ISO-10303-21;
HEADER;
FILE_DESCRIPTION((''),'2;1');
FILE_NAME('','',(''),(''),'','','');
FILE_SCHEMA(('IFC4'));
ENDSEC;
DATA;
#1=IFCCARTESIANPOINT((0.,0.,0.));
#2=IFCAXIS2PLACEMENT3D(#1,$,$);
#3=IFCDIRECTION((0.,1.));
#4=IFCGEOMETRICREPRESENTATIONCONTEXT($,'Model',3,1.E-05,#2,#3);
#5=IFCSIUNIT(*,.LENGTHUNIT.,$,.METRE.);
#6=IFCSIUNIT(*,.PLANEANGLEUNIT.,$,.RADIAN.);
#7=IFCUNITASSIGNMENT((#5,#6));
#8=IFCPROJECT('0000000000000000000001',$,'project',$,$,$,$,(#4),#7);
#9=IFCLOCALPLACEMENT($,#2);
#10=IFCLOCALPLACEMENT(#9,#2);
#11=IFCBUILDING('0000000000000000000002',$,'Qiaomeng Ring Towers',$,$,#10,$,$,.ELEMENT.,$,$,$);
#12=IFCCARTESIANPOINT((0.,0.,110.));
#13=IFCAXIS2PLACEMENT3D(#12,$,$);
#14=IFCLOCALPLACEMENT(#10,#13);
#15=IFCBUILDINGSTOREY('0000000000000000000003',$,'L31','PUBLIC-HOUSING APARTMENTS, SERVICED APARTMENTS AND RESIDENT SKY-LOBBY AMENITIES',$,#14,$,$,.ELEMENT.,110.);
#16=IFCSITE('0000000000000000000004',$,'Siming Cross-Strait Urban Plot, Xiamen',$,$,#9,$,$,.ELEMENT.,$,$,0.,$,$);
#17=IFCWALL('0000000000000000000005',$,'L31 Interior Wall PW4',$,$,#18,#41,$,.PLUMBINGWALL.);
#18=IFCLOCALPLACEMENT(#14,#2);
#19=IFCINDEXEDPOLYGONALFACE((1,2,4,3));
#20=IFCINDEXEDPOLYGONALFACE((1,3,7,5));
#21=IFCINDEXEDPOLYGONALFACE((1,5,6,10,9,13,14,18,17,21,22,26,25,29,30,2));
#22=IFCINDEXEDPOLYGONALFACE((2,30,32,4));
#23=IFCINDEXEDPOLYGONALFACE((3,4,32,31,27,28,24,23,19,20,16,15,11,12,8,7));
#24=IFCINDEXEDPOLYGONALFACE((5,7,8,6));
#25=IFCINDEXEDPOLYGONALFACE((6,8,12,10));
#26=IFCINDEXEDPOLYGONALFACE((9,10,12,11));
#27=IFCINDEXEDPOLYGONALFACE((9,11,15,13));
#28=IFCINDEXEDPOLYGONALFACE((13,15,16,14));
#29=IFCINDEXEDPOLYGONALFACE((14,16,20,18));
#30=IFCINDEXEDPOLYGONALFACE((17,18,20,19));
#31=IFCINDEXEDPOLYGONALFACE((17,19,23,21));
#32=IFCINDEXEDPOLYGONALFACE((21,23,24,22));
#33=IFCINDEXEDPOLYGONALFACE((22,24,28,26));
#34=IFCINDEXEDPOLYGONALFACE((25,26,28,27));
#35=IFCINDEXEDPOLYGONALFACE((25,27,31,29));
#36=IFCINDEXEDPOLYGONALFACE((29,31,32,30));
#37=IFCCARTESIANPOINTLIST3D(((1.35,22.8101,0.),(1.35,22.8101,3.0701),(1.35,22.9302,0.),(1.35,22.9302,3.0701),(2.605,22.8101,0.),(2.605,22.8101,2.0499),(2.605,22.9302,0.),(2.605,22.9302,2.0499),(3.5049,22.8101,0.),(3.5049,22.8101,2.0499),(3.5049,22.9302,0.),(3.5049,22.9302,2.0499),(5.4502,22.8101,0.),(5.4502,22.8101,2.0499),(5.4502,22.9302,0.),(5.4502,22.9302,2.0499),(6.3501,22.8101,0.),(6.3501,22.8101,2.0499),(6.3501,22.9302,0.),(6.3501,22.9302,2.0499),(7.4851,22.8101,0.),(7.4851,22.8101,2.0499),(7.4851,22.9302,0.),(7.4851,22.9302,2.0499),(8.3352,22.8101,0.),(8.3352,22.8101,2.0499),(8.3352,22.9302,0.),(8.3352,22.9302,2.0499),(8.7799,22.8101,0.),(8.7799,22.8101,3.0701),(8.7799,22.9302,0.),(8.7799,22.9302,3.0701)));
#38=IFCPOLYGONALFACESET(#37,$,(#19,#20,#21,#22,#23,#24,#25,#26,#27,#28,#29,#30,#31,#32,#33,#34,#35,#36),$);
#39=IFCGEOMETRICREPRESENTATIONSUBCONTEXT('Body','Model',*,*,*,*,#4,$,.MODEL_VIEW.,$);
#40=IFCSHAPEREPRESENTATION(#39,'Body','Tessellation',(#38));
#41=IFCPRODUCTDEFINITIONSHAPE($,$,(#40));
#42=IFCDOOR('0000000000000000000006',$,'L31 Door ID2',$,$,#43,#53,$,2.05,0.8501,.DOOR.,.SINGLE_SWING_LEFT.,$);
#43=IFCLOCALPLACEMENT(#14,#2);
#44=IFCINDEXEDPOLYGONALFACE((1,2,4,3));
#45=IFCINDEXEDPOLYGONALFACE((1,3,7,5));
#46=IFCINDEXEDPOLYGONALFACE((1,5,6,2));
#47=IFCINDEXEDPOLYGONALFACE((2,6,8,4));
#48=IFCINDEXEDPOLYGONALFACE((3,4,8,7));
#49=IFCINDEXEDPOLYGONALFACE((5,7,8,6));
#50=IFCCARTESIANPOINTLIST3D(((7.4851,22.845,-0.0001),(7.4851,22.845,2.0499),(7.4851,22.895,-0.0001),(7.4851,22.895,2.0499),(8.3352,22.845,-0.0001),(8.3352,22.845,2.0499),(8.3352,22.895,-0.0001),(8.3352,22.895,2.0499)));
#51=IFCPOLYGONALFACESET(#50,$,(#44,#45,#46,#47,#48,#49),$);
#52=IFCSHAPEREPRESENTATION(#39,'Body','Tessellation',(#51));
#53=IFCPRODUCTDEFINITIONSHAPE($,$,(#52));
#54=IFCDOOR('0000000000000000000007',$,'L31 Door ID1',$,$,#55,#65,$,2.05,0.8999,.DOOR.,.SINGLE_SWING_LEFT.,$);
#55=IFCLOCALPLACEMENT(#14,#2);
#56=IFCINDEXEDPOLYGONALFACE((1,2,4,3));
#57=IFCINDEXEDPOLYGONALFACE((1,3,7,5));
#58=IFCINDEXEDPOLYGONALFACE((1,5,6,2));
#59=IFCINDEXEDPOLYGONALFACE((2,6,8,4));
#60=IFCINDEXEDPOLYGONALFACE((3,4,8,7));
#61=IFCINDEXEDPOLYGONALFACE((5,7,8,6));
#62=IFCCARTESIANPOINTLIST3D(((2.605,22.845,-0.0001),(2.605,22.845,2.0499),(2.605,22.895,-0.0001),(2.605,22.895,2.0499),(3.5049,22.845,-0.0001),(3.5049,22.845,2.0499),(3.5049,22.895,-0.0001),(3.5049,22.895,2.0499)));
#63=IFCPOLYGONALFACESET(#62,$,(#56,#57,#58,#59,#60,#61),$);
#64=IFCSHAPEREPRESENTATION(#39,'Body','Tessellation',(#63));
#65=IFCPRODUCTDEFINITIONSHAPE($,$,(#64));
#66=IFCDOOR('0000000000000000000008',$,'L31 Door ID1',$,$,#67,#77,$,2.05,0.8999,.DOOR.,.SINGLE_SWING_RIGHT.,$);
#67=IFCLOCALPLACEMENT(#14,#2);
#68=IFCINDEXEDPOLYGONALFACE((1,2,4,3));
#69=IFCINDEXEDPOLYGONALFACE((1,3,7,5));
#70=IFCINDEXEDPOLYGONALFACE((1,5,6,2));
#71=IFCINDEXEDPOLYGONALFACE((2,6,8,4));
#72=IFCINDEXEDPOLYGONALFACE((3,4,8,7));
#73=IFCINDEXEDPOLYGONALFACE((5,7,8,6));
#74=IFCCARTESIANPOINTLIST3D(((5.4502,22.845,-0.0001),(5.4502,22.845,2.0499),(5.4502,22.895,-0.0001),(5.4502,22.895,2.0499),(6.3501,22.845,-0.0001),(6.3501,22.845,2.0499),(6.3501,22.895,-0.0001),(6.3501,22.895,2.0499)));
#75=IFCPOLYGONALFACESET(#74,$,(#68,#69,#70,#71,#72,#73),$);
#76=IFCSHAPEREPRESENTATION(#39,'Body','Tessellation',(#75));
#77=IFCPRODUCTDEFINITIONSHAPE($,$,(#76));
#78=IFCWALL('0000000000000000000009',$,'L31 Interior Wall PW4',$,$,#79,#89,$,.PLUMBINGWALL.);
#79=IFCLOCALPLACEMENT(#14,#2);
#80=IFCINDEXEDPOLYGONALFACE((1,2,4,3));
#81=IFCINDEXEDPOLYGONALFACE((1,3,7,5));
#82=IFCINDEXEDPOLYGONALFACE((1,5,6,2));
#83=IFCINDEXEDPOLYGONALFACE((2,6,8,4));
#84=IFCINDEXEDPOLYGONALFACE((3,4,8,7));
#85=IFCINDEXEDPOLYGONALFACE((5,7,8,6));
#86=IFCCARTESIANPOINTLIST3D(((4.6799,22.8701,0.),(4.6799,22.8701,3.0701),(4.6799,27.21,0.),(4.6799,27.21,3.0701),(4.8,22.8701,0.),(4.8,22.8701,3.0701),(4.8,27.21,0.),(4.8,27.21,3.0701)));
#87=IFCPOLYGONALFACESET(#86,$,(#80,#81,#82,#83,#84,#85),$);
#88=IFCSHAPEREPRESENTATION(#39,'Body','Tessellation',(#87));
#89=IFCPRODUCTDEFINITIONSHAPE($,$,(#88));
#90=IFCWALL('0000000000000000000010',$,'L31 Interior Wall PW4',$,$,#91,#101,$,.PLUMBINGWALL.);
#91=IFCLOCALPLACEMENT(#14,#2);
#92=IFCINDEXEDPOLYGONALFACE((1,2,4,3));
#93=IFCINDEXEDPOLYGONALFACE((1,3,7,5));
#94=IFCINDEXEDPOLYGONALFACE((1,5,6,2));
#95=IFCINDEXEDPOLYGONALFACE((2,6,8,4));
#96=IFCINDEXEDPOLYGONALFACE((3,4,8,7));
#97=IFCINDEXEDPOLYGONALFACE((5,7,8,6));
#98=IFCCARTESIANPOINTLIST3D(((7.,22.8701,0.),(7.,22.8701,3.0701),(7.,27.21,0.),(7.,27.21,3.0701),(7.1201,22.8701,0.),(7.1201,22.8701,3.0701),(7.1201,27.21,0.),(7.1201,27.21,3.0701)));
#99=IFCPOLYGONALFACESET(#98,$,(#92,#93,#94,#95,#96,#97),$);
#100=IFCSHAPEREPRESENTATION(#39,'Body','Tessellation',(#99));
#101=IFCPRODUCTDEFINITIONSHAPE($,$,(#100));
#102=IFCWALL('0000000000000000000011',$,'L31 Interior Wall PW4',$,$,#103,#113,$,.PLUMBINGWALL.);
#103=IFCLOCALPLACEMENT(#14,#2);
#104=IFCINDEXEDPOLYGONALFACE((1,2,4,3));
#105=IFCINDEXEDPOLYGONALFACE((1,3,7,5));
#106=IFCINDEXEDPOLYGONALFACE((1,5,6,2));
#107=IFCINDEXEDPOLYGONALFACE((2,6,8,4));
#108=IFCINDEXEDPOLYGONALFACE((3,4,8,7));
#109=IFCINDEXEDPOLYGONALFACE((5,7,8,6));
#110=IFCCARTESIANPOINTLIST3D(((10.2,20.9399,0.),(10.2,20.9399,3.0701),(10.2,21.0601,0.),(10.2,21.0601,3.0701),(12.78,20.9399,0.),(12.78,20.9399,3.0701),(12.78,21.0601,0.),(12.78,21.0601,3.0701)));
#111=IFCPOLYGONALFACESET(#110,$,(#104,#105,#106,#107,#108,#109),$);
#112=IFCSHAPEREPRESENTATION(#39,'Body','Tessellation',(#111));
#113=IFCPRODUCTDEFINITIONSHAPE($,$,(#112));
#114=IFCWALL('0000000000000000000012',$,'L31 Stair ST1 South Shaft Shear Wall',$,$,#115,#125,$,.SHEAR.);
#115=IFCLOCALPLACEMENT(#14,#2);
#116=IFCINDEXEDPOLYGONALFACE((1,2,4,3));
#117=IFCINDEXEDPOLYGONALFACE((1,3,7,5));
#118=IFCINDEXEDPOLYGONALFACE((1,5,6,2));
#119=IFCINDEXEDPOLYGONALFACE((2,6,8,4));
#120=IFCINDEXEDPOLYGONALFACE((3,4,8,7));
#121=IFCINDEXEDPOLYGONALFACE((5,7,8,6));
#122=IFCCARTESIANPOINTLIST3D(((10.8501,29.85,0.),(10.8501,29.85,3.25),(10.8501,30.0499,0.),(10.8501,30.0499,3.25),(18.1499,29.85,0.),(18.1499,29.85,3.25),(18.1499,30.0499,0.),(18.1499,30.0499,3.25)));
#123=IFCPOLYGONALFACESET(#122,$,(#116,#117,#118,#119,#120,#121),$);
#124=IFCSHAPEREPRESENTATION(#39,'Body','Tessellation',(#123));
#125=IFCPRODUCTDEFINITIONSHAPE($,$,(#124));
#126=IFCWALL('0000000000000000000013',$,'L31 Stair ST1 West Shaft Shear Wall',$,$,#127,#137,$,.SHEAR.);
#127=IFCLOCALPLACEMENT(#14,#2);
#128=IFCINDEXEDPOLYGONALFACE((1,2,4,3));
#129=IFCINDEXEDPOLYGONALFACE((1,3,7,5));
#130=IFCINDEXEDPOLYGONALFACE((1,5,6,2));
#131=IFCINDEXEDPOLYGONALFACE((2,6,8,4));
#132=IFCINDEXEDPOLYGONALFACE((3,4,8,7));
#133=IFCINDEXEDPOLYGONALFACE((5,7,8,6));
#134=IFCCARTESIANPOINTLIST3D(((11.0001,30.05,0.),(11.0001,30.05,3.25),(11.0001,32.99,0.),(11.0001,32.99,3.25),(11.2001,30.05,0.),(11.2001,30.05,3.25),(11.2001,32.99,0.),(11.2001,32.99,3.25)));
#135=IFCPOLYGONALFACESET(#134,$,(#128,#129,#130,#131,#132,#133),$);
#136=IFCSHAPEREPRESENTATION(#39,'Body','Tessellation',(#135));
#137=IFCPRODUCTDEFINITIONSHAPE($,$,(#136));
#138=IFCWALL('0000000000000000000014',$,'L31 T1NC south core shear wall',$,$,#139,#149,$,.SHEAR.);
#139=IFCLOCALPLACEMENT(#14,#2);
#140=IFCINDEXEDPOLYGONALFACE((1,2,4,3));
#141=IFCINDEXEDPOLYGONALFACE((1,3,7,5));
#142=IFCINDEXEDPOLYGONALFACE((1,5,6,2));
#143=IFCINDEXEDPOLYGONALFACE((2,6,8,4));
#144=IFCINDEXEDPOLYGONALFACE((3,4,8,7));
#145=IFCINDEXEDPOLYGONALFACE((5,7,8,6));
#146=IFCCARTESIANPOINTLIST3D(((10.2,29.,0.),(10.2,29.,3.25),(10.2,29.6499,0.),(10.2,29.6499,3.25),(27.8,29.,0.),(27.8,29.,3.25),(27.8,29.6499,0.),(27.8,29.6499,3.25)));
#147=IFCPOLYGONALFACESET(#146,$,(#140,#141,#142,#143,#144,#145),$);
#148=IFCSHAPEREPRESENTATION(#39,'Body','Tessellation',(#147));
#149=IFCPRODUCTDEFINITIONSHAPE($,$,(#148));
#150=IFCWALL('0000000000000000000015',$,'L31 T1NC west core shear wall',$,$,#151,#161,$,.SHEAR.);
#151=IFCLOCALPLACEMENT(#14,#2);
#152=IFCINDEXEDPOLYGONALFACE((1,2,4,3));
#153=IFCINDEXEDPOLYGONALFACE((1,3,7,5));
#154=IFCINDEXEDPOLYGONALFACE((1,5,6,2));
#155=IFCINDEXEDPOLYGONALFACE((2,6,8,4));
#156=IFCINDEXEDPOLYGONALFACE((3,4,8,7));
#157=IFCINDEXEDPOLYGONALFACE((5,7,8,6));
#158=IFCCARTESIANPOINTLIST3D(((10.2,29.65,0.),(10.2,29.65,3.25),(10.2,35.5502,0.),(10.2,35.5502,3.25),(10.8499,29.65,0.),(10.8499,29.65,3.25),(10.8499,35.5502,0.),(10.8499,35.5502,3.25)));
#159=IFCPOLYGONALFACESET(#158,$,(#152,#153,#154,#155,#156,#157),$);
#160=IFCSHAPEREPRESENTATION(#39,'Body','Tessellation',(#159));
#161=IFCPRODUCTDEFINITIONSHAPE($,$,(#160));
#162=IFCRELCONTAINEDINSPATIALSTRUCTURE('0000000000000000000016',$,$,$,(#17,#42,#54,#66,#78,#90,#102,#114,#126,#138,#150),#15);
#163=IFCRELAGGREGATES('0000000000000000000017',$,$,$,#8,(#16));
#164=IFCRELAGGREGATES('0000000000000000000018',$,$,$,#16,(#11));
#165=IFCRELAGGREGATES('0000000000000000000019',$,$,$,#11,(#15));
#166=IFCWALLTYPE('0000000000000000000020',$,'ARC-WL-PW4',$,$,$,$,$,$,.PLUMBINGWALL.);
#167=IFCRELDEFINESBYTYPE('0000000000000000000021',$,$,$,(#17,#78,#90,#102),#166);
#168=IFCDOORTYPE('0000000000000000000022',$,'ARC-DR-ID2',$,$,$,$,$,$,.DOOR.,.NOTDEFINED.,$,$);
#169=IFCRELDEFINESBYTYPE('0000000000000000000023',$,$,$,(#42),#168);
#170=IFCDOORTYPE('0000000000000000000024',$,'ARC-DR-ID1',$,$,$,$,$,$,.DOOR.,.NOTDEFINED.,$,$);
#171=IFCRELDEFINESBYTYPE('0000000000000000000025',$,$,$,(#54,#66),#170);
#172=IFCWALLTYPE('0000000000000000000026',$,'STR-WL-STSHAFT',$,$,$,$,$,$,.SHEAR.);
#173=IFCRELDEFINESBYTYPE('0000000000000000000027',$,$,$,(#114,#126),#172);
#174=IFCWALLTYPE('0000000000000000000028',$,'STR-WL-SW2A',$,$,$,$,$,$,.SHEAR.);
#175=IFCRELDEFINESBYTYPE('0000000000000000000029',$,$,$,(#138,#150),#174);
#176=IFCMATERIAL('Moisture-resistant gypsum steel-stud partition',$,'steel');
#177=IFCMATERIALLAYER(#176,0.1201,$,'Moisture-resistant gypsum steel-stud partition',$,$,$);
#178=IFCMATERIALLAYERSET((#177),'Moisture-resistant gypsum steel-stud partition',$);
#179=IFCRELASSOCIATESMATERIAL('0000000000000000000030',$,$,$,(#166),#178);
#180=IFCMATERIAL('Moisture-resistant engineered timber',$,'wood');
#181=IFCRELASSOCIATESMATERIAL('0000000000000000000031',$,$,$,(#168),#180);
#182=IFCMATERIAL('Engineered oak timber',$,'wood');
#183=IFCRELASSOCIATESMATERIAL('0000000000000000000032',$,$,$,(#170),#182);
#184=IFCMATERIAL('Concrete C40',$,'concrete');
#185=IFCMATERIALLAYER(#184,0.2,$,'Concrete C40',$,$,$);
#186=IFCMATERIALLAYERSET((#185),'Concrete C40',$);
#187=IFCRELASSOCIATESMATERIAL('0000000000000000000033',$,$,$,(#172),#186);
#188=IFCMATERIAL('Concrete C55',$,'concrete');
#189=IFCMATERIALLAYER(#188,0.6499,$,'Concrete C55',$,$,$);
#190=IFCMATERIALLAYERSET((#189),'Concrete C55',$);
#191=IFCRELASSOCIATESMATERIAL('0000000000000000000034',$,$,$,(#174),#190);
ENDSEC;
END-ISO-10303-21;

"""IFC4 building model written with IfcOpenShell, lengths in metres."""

from ifc_helpers import new_model, si_unit, direction, frame, frame_2d, origin, place, context, subcontext, project, spatial, rectangle, extrude, source, transform, mapped, material, layer, layer_set, type_object, element, fill, save


model = new_model("IFC4")

# Units and contexts
model_context = context("Model", 3, precision=1e-05, world=origin(), true_north=direction((0.0, 1.0)))
body_context = subcontext(model_context, "Body", "Model", "MODEL_VIEW")
ifc_project = project(units=[si_unit("LENGTHUNIT", "METRE"), si_unit("PLANEANGLEUNIT", "RADIAN")], contexts=[model_context])

# Site, building, storey
site_placement = place(None, origin())
site = spatial("IfcSite", under=ifc_project, at=site_placement, Name="Siming Cross-Strait Urban Plot, Xiamen", CompositionType="ELEMENT", RefElevation=0.0)
building_placement = place(site_placement, origin())
building = spatial("IfcBuilding", under=site, at=building_placement, Name="Qiaomeng Ring Towers", CompositionType="ELEMENT")
storey_placement = place(building_placement, frame((0.0, 0.0, 110.0)))
storey = spatial("IfcBuildingStorey", under=building, at=storey_placement, Name="L31", Description="PUBLIC-HOUSING APARTMENTS, SERVICED APARTMENTS AND RESIDENT SKY-LOBBY AMENITIES", CompositionType="ELEMENT", Elevation=110.0)

# Shared definitions
ifc_material_1 = material(Name="Concrete C55", Category="concrete")

# Wall, openings, doors
ifc_material_2 = material(Name="Moisture-resistant gypsum steel-stud partition", Category="steel")
ifc_layer_1 = layer(ifc_material_2, 0.1201, Name="Moisture-resistant gypsum steel-stud partition")
ifc_layer_set_1 = layer_set([ifc_layer_1], Name="Moisture-resistant gypsum steel-stud partition")
wall_type_1 = type_object("IfcWallType", Name="ARC-WL-PW4", PredefinedType="PLUMBINGWALL", material=ifc_layer_set_1)
wall_1_placement = place(storey_placement, frame((1.3501, 22.8701, 0.0), z_axis=(0.0, 0.0, 1.0), x_axis=(1.0, 0.0, 0.0)))
wall_1 = element("IfcWall", 1, at=wall_1_placement, inside=storey, type_object=wall_type_1, Name="L31 Interior Wall PW4", PredefinedType="PLUMBINGWALL", context=body_context, shape_type="SweptSolid", body=[
    extrude(rectangle(XDim=7.4299, YDim=0.1201, at=frame_2d((3.7148, 0.0))), origin(), (0.0, 0.0, 1.0), 3.0701),
])
opening_1_placement = place(wall_1_placement, frame((1.2549, 0.0, 0.0)))
opening_1 = element("IfcOpeningElement", 2, at=opening_1_placement, cuts=wall_1, PredefinedType="OPENING", context=body_context, shape_type="SweptSolid", body=[
    extrude(rectangle(XDim=0.8999, YDim=2.05, at=frame_2d((0.45, 1.0249))), frame((0.0, 0.0701, 0.0), z_axis=(0.0, -1.0, 0.0), x_axis=(1.0, 0.0, 0.0)), (0.0, 0.0, 1.0), 0.1401),
])
opening_2_placement = place(wall_1_placement, frame((4.1001, 0.0, 0.0)))
opening_2 = element("IfcOpeningElement", 3, at=opening_2_placement, cuts=wall_1, PredefinedType="OPENING", context=body_context, shape_type="SweptSolid", body=[
    extrude(rectangle(XDim=0.8999, YDim=2.05, at=frame_2d((0.45, 1.0249))), frame((0.0, 0.0701, 0.0), z_axis=(0.0, -1.0, 0.0), x_axis=(1.0, 0.0, 0.0)), (0.0, 0.0, 1.0), 0.1401),
])
opening_3_placement = place(wall_1_placement, frame((6.135, 0.0, 0.0)))
opening_3 = element("IfcOpeningElement", 4, at=opening_3_placement, cuts=wall_1, PredefinedType="OPENING", context=body_context, shape_type="SweptSolid", body=[
    extrude(rectangle(XDim=0.8501, YDim=2.05, at=frame_2d((0.425, 1.0249))), frame((0.0, 0.0701, 0.0), z_axis=(0.0, -1.0, 0.0), x_axis=(1.0, 0.0, 0.0)), (0.0, 0.0, 1.0), 0.1401),
])
ifc_material_3 = material(Name="Moisture-resistant engineered timber", Category="wood")
door_type_1 = type_object("IfcDoorType", Name="ARC-DR-ID2", OperationType="NOTDEFINED", PredefinedType="DOOR", material=ifc_material_3)
shared_shape_1 = source(origin(), body_context, "Body", "SweptSolid", [
    extrude(rectangle(XDim=0.8501, YDim=2.05, at=frame_2d((0.425, 1.0249))), frame((0.0, 0.0249, 0.0), z_axis=(0.0, -1.0, 0.0), x_axis=(1.0, 0.0, 0.0)), (0.0, 0.0, 1.0), 0.05),
])
door_1_placement = place(opening_3_placement, origin())
door_1 = element("IfcDoor", 5, at=door_1_placement, inside=storey, type_object=door_type_1, Name="L31 Door ID2", OperationType="SINGLE_SWING_LEFT", OverallHeight=2.05, OverallWidth=0.8501, PredefinedType="DOOR", context=body_context, shape_type="MappedRepresentation", body=[
    mapped(shared_shape_1, transform((0.0, 0.0, 0.0), x_axis=(1.0, 0.0, 0.0), y_axis=(0.0, 1.0, 0.0), z_axis=(0.0, 0.0, 1.0), scale=1.0)),
])
fill(opening_3, door_1)
ifc_material_4 = material(Name="Engineered oak timber", Category="wood")
door_type_2 = type_object("IfcDoorType", Name="ARC-DR-ID1", OperationType="NOTDEFINED", PredefinedType="DOOR", material=ifc_material_4)
shared_shape_2 = source(origin(), body_context, "Body", "SweptSolid", [
    extrude(rectangle(XDim=0.8999, YDim=2.05, at=frame_2d((0.45, 1.0249))), frame((0.0, 0.0249, 0.0), z_axis=(0.0, -1.0, 0.0), x_axis=(1.0, 0.0, 0.0)), (0.0, 0.0, 1.0), 0.05),
])
door_2_placement = place(opening_1_placement, origin())
door_2 = element("IfcDoor", 6, at=door_2_placement, inside=storey, type_object=door_type_2, Name="L31 Door ID1", OperationType="SINGLE_SWING_LEFT", OverallHeight=2.05, OverallWidth=0.8999, PredefinedType="DOOR", context=body_context, shape_type="MappedRepresentation", body=[
    mapped(shared_shape_2, transform((0.0, 0.0, 0.0), x_axis=(1.0, 0.0, 0.0), y_axis=(0.0, 1.0, 0.0), z_axis=(0.0, 0.0, 1.0), scale=1.0)),
])
fill(opening_1, door_2)
door_3_placement = place(opening_2_placement, origin())
door_3 = element("IfcDoor", 7, at=door_3_placement, inside=storey, type_object=door_type_2, Name="L31 Door ID1", OperationType="SINGLE_SWING_RIGHT", OverallHeight=2.05, OverallWidth=0.8999, PredefinedType="DOOR", context=body_context, shape_type="MappedRepresentation", body=[
    mapped(shared_shape_2, transform((0.0, 0.0, 0.0), x_axis=(1.0, 0.0, 0.0), y_axis=(0.0, 1.0, 0.0), z_axis=(0.0, 0.0, 1.0), scale=1.0)),
])
fill(opening_2, door_3)

# Walls
for number, where, z_axis, x_axis, name in (
    (8, (4.74, 22.8701, 0.0), (0.0, 0.0, 1.0), (0.0, 1.0, 0.0), "L31 Interior Wall PW4"),
    (9, (7.0601, 22.8701, 0.0), (0.0, 0.0, 1.0), (0.0, 1.0, 0.0), "L31 Interior Wall PW4"),
):
    element("IfcWall", number, at=place(storey_placement, frame(where, z_axis=z_axis, x_axis=x_axis)), inside=storey, type_object=wall_type_1, Name=name, PredefinedType="PLUMBINGWALL", context=body_context, shape_type="SweptSolid", body=[
        extrude(rectangle(XDim=4.3398, YDim=0.1201, at=frame_2d((2.1699, 0.0))), origin(), (0.0, 0.0, 1.0), 3.0701),
    ])
wall_2_placement = place(storey_placement, frame((10.2, 21.0, 0.0), z_axis=(0.0, 0.0, 1.0), x_axis=(1.0, 0.0, 0.0)))
element("IfcWall", 10, at=wall_2_placement, inside=storey, type_object=wall_type_1, Name="L31 Interior Wall PW4", PredefinedType="PLUMBINGWALL", context=body_context, shape_type="SweptSolid", body=[
    extrude(rectangle(XDim=2.5801, YDim=0.1201, at=frame_2d((1.29, 0.0))), origin(), (0.0, 0.0, 1.0), 3.0701),
])
ifc_material_5 = material(Name="Concrete C40", Category="concrete")
ifc_layer_2 = layer(ifc_material_5, 0.2, Name="Concrete C40")
ifc_layer_set_2 = layer_set([ifc_layer_2], Name="Concrete C40")
wall_type_2 = type_object("IfcWallType", Name="STR-WL-STSHAFT", PredefinedType="SHEAR", material=ifc_layer_set_2)
wall_3_placement = place(storey_placement, frame((10.8501, 29.95, 0.0), z_axis=(0.0, 0.0, 1.0), x_axis=(1.0, 0.0, 0.0)))
element("IfcWall", 11, at=wall_3_placement, inside=storey, type_object=wall_type_2, Name="L31 Stair ST1 South Shaft Shear Wall", PredefinedType="SHEAR", context=body_context, shape_type="SweptSolid", body=[
    extrude(rectangle(XDim=7.2998, YDim=0.2, at=frame_2d((3.6499, 0.0))), origin(), (0.0, 0.0, 1.0), 3.25),
])
wall_4_placement = place(storey_placement, frame((11.1001, 30.05, 0.0), z_axis=(0.0, 0.0, 1.0), x_axis=(0.0, 1.0, 0.0)))
element("IfcWall", 12, at=wall_4_placement, inside=storey, type_object=wall_type_2, Name="L31 Stair ST1 West Shaft Shear Wall", PredefinedType="SHEAR", context=body_context, shape_type="SweptSolid", body=[
    extrude(rectangle(XDim=2.9399, YDim=0.2, at=frame_2d((1.47, 0.0))), origin(), (0.0, 0.0, 1.0), 3.25),
])
ifc_layer_3 = layer(ifc_material_1, 0.6499, Name="Concrete C55")
ifc_layer_set_3 = layer_set([ifc_layer_3], Name="Concrete C55")
wall_type_3 = type_object("IfcWallType", Name="STR-WL-SW2A", PredefinedType="SHEAR", material=ifc_layer_set_3)
wall_5_placement = place(storey_placement, frame((10.2, 29.325, 0.0), z_axis=(0.0, 0.0, 1.0), x_axis=(1.0, 0.0, 0.0)))
element("IfcWall", 13, at=wall_5_placement, inside=storey, type_object=wall_type_3, Name="L31 T1NC south core shear wall", PredefinedType="SHEAR", context=body_context, shape_type="SweptSolid", body=[
    extrude(rectangle(XDim=17.6001, YDim=0.6499, at=frame_2d((8.8, 0.0))), origin(), (0.0, 0.0, 1.0), 3.25),
])
wall_6_placement = place(storey_placement, frame((10.5249, 29.6499, 0.0), z_axis=(0.0, 0.0, 1.0), x_axis=(0.0, 1.0, 0.0)))
element("IfcWall", 14, at=wall_6_placement, inside=storey, type_object=wall_type_3, Name="L31 T1NC west core shear wall", PredefinedType="SHEAR", context=body_context, shape_type="SweptSolid", body=[
    extrude(rectangle(XDim=5.9001, YDim=0.6499, at=frame_2d((2.9502, 0.0))), origin(), (0.0, 0.0, 1.0), 3.25),
])

save(model, "model.ifc")
